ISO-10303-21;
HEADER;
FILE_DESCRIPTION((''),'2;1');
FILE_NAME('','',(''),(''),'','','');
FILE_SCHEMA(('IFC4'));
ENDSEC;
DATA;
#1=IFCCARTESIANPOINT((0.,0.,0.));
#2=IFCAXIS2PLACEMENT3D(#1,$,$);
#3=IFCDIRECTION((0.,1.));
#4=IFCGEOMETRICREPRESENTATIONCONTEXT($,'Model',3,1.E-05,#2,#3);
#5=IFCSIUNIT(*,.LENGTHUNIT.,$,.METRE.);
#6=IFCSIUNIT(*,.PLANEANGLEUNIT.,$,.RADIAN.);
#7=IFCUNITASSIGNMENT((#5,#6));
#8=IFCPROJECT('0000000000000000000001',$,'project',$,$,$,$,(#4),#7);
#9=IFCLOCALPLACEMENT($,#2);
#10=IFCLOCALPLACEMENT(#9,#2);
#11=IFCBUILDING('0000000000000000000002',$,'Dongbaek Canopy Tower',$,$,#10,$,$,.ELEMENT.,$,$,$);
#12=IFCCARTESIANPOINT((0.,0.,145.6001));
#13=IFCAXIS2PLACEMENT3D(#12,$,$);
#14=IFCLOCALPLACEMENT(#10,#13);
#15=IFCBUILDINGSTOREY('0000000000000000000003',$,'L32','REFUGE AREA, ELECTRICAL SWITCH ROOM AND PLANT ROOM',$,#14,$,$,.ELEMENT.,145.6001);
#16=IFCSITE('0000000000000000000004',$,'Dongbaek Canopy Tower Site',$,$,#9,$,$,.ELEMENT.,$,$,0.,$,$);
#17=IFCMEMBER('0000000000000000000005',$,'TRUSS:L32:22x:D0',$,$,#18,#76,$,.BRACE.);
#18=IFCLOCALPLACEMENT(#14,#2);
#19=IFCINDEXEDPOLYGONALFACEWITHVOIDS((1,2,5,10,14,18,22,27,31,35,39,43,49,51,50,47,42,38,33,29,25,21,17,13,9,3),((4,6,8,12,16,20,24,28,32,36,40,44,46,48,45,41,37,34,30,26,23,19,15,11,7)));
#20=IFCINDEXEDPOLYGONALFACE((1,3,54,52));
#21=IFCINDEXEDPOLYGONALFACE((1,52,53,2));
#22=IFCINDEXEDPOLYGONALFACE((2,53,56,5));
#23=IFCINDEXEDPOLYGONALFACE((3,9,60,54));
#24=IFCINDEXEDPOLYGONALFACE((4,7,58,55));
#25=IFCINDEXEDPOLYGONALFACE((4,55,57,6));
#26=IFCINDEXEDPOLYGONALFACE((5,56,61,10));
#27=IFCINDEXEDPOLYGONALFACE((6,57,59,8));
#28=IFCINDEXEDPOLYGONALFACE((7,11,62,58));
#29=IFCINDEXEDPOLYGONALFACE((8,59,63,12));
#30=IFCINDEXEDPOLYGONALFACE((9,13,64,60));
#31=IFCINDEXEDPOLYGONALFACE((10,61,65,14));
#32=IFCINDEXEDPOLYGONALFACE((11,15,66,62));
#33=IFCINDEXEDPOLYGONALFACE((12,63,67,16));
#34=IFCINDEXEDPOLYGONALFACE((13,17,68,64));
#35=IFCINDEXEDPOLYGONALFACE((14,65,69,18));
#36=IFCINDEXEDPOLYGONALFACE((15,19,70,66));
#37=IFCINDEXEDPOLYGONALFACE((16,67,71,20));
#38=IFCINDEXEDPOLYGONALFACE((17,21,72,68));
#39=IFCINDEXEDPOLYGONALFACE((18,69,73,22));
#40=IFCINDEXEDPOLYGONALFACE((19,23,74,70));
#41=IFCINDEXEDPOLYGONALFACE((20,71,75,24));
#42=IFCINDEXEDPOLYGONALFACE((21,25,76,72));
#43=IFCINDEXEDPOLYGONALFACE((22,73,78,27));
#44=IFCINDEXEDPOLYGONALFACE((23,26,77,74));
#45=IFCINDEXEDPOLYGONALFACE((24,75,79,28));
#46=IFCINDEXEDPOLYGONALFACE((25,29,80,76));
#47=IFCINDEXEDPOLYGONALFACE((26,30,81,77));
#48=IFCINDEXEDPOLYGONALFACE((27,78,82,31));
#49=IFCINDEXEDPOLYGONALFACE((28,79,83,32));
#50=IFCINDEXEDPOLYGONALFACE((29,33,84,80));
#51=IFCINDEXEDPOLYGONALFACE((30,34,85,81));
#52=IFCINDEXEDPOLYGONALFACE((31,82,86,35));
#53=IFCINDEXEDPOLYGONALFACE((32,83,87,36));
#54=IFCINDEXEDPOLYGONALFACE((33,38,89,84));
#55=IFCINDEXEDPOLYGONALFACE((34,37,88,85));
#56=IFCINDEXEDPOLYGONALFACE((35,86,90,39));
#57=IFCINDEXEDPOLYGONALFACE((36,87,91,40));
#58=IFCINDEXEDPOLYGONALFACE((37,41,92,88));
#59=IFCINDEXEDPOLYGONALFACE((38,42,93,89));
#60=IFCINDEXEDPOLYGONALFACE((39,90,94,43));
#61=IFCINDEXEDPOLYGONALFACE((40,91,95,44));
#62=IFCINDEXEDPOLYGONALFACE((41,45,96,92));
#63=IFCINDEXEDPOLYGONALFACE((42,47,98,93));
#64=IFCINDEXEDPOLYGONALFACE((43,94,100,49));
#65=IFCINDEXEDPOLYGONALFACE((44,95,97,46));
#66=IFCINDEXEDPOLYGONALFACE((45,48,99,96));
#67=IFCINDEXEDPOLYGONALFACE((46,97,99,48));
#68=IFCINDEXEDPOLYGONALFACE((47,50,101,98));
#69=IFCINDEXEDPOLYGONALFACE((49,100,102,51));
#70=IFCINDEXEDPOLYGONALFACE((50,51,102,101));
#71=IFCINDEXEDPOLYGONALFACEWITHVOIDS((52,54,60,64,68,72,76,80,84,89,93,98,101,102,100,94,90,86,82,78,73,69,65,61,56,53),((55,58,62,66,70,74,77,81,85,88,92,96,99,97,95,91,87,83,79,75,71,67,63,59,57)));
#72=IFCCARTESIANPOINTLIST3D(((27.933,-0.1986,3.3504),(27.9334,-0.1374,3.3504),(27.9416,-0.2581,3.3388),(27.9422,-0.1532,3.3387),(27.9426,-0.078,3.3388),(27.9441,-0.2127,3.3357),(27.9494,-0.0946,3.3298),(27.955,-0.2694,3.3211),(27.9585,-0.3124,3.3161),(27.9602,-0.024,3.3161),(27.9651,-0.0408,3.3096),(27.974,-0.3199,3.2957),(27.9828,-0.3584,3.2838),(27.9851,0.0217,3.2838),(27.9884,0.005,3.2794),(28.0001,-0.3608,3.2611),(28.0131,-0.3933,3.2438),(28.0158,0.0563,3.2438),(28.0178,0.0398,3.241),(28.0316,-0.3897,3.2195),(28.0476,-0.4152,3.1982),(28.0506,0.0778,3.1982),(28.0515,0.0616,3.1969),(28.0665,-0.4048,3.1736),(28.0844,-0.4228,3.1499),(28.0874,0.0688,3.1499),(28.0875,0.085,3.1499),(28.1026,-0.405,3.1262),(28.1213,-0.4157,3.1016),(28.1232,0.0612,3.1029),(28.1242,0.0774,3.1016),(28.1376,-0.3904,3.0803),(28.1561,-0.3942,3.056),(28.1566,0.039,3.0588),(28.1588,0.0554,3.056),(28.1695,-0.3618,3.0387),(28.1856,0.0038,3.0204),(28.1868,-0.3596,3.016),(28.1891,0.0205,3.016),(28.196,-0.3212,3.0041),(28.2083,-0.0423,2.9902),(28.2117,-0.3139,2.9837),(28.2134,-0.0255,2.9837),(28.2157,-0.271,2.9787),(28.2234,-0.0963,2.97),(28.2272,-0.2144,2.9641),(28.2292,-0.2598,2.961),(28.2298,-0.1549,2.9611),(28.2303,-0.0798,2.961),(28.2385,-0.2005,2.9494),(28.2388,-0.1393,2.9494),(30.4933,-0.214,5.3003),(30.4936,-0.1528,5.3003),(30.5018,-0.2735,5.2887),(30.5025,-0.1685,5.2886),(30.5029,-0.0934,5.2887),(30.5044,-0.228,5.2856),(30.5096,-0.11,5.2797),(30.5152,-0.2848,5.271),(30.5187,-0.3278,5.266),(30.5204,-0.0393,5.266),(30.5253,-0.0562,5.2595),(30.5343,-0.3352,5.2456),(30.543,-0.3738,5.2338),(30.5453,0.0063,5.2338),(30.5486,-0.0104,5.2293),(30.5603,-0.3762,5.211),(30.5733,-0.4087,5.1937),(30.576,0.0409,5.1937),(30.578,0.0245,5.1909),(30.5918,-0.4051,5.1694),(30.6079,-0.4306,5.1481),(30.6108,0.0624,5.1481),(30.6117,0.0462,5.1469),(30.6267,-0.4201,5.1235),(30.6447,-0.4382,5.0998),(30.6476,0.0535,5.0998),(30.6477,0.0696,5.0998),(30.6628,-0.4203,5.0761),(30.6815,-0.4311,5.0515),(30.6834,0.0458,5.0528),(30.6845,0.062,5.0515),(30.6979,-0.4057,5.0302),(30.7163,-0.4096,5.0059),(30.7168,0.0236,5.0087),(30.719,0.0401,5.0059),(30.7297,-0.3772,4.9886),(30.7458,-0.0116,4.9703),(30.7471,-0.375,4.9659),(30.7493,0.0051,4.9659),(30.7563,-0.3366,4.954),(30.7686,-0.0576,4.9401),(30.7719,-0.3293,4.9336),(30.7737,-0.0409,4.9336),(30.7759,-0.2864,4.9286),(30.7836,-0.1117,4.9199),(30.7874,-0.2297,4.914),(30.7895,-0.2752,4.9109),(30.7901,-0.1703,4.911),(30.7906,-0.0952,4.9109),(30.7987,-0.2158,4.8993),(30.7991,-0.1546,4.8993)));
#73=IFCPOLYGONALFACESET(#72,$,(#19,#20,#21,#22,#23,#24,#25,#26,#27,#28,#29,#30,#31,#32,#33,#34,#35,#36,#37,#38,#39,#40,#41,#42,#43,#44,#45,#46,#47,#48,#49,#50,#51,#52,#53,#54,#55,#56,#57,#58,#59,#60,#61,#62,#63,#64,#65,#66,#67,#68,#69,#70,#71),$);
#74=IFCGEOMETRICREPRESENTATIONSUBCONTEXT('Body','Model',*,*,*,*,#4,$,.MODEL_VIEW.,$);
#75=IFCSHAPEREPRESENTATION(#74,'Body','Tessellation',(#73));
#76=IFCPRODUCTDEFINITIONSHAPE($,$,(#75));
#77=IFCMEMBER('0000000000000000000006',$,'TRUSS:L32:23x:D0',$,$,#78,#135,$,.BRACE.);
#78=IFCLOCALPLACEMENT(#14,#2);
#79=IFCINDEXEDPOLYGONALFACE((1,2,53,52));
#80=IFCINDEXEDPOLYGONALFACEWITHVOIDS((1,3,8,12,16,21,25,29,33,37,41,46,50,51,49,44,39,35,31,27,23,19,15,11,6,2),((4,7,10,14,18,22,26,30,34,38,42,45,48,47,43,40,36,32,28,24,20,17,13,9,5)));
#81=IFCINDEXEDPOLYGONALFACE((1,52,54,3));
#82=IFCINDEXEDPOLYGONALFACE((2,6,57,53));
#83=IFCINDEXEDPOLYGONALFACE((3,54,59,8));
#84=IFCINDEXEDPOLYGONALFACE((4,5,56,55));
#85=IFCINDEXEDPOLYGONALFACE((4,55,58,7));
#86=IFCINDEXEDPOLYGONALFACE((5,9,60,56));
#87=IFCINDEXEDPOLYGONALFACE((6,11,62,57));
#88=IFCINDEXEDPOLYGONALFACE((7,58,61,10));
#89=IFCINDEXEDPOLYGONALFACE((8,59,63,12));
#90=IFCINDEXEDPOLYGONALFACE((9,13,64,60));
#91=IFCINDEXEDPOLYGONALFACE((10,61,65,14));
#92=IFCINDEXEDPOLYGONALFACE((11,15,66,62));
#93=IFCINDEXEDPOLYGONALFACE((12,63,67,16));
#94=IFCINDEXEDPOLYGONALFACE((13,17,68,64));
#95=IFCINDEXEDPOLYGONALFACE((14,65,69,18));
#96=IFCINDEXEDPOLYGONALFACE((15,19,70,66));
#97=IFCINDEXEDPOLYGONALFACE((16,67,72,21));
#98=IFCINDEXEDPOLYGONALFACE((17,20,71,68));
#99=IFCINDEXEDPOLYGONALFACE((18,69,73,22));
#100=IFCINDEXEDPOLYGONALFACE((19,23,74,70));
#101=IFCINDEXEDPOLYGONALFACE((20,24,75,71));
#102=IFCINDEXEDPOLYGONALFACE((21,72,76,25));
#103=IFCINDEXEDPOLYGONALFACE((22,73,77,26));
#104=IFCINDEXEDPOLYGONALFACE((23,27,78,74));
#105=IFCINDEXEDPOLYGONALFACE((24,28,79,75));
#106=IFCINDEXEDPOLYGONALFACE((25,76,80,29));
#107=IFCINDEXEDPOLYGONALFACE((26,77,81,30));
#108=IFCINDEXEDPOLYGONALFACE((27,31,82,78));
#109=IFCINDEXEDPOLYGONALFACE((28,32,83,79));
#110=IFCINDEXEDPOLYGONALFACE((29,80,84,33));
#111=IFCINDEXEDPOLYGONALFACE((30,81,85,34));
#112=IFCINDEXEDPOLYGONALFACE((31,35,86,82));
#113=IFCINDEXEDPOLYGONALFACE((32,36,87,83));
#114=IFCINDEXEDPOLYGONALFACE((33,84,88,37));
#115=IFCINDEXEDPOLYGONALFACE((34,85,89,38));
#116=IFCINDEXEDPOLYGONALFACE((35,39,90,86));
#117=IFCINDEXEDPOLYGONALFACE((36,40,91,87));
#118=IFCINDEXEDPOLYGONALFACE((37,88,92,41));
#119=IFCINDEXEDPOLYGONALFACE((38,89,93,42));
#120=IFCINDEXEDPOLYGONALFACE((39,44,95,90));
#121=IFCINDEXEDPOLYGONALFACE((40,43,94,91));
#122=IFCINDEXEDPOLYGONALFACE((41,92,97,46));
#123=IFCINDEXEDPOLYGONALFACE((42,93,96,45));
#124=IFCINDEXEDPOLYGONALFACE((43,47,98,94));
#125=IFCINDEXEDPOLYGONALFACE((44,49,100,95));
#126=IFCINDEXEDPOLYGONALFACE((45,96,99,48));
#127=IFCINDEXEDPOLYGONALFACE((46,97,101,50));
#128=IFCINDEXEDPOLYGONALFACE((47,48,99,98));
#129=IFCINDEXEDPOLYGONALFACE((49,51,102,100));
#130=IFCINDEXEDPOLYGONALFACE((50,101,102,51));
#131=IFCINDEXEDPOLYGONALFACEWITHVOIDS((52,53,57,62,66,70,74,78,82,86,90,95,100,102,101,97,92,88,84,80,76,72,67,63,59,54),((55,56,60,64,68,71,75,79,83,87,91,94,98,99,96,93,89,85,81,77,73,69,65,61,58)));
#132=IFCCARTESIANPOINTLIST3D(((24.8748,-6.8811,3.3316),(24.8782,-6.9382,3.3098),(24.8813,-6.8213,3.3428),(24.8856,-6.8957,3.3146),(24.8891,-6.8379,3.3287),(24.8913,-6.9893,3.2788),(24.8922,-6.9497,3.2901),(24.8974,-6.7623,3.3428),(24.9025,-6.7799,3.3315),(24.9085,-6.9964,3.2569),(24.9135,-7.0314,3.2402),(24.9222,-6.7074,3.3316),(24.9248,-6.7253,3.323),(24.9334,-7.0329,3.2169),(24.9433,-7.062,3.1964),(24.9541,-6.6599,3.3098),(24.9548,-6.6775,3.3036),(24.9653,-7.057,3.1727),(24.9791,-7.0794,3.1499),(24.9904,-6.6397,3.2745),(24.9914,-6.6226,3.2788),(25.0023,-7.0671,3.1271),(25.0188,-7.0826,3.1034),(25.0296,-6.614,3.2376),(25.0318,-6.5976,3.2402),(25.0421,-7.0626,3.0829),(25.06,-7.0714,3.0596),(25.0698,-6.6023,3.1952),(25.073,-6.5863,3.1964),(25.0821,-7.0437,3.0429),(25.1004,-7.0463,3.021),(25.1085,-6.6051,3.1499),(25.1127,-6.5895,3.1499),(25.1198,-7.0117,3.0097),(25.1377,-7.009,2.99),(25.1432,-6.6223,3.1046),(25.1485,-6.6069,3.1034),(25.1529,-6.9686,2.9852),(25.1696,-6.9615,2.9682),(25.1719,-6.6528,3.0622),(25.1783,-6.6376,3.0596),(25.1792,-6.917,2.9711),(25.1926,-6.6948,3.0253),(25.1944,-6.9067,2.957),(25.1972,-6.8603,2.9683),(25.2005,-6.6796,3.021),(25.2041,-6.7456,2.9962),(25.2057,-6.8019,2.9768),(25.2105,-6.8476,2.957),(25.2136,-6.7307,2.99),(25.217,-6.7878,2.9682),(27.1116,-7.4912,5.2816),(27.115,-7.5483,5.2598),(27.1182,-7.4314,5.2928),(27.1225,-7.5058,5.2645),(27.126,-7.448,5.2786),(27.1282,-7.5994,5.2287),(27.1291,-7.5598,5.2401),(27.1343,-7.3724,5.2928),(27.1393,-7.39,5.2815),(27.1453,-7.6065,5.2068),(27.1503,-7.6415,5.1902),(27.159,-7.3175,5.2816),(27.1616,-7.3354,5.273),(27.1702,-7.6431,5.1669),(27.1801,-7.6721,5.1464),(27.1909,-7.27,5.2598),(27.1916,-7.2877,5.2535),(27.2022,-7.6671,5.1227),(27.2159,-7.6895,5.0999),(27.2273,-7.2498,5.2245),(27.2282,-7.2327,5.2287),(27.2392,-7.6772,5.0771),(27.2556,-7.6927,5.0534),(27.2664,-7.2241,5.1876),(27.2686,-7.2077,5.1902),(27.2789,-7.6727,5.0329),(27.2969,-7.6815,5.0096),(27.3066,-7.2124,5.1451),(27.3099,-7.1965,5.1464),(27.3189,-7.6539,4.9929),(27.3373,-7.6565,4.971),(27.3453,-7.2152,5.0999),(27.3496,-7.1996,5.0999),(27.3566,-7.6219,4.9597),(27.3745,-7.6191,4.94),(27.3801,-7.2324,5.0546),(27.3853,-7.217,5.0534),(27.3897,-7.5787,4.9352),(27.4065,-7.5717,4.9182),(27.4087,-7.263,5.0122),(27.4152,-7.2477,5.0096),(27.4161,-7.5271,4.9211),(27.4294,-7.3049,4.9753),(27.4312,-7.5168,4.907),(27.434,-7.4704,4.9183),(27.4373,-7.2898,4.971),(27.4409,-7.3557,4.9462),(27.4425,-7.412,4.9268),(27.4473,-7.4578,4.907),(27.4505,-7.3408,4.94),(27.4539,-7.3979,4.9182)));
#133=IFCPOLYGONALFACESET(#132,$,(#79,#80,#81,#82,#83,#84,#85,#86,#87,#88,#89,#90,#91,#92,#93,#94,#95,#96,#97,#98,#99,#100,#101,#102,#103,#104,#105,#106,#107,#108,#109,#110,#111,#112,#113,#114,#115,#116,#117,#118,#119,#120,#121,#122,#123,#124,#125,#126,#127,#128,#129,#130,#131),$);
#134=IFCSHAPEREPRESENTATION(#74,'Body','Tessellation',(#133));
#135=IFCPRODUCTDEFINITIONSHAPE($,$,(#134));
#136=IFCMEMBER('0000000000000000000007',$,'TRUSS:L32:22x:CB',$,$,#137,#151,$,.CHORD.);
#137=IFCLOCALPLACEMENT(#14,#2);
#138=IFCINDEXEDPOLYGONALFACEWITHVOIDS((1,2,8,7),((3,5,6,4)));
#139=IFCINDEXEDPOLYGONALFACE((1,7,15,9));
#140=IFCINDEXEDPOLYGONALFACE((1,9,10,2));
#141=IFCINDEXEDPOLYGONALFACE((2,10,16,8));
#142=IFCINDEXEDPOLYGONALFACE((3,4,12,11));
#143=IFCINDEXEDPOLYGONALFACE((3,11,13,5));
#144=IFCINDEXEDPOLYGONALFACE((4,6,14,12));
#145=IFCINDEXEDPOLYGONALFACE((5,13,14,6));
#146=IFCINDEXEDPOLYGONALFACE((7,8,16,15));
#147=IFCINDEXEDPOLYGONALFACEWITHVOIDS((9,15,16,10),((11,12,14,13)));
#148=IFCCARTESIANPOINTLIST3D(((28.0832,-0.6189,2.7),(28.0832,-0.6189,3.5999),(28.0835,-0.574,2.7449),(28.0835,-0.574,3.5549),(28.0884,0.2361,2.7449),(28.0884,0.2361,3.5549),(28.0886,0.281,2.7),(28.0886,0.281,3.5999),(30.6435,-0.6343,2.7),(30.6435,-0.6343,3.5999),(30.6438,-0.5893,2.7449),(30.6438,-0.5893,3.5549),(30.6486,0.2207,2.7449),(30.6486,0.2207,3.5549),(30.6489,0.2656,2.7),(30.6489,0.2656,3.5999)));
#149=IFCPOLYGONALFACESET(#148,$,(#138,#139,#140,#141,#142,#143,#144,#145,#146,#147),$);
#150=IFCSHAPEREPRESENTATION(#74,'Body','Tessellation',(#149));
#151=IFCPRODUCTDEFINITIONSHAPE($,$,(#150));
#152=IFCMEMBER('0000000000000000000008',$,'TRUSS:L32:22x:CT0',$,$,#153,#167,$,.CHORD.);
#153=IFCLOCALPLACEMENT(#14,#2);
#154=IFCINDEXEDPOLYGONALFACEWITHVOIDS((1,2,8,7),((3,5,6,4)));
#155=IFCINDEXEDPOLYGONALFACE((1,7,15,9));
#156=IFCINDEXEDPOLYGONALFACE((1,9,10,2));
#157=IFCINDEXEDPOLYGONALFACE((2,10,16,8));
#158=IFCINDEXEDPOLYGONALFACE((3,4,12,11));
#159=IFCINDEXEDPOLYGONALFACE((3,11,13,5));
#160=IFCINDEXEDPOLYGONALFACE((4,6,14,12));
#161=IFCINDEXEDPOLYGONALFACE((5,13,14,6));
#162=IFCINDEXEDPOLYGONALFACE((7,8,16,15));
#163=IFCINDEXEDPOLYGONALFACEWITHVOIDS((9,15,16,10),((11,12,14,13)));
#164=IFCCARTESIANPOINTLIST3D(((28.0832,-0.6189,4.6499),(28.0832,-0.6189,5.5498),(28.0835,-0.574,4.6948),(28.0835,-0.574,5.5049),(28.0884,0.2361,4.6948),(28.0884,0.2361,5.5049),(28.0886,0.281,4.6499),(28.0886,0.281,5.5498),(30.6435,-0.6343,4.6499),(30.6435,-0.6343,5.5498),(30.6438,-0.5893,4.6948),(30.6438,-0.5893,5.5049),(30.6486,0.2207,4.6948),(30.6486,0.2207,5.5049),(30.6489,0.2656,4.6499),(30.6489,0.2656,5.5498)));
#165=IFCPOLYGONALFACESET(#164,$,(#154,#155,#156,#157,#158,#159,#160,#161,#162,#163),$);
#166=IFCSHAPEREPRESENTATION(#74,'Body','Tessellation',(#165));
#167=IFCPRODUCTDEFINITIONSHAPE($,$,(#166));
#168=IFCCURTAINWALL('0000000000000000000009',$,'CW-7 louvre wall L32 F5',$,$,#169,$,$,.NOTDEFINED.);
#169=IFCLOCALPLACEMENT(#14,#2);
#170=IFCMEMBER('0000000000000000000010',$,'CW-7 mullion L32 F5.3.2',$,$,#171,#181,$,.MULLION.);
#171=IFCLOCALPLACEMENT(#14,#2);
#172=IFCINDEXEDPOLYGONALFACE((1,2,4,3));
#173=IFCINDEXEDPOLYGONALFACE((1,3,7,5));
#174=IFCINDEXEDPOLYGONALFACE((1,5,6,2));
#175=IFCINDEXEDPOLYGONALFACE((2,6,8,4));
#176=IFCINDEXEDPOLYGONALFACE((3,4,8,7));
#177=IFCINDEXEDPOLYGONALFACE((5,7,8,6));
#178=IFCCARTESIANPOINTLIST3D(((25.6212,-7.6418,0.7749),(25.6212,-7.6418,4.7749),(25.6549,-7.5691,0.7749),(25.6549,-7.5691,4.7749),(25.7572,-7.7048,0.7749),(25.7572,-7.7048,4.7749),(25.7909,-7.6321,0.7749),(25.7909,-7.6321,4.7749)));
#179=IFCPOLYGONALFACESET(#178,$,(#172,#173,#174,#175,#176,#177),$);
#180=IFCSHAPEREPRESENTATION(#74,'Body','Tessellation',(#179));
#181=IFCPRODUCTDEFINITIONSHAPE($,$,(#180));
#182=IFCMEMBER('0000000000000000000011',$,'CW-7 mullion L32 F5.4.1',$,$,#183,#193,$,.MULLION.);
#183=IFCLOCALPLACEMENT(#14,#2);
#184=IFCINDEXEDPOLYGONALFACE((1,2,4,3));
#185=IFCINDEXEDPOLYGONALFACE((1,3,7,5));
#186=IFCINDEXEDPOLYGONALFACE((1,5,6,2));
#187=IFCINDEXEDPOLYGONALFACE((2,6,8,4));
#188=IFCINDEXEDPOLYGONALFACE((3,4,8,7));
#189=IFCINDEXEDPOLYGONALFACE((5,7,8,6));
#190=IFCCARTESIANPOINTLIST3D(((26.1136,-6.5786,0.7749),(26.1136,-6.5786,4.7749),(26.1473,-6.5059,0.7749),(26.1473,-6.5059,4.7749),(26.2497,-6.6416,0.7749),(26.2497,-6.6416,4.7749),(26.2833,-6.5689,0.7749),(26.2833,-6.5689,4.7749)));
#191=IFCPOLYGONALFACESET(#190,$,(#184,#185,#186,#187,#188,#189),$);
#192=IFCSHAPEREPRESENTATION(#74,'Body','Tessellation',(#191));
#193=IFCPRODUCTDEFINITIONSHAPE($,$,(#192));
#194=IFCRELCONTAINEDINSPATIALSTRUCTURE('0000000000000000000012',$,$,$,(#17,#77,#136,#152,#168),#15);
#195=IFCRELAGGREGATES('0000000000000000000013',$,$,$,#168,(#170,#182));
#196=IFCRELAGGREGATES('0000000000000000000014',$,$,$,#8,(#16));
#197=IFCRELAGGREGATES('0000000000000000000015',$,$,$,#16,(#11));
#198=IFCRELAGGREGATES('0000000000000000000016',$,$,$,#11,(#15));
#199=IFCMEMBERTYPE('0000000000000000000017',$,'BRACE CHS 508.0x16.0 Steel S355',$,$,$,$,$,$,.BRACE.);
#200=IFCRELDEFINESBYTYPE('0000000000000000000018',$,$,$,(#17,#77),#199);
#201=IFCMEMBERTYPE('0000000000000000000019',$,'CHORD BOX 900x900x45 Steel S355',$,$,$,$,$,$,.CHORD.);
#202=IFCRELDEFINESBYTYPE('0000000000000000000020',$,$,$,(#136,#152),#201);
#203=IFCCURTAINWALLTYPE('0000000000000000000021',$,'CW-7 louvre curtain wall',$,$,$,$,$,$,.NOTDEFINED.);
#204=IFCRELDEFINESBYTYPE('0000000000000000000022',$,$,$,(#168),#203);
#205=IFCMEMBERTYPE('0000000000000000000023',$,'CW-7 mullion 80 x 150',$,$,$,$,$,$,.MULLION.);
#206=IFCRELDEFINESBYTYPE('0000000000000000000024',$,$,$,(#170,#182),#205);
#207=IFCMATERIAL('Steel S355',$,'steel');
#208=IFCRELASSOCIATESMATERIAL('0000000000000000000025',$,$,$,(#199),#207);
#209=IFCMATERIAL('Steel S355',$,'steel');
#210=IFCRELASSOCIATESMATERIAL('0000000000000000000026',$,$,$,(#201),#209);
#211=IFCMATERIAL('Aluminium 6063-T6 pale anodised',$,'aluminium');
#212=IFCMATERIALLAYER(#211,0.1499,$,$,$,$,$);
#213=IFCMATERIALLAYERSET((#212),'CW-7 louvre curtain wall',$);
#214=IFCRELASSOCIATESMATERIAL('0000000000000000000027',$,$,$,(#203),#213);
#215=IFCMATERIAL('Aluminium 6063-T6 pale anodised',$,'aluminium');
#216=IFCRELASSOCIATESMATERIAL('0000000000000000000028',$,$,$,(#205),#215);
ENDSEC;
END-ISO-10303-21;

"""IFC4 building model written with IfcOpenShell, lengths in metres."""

from ifc_helpers import new_model, si_unit, direction, frame, origin, origin_2d, place, context, subcontext, project, spatial, rectangle, hollow_rectangle, hollow_circle, extrude, material, layer, layer_set, material_profile, profile_set, type_object, element, aggregate, save


model = new_model("IFC4")

# Units and contexts
model_context = context("Model", 3, precision=1e-05, world=origin(), true_north=direction((0.0, 1.0)))
body_context = subcontext(model_context, "Body", "Model", "MODEL_VIEW")
ifc_project = project(units=[si_unit("LENGTHUNIT", "METRE"), si_unit("PLANEANGLEUNIT", "RADIAN")], contexts=[model_context])

# Site, building, storey
site_placement = place(None, origin())
site = spatial("IfcSite", under=ifc_project, at=site_placement, Name="Dongbaek Canopy Tower Site", CompositionType="ELEMENT", RefElevation=0.0)
building_placement = place(site_placement, origin())
building = spatial("IfcBuilding", under=site, at=building_placement, Name="Dongbaek Canopy Tower", CompositionType="ELEMENT")
storey_placement = place(building_placement, frame((0.0, 0.0, 145.6001)))
storey = spatial("IfcBuildingStorey", under=building, at=storey_placement, Name="L32", Description="REFUGE AREA, ELECTRICAL SWITCH ROOM AND PLANT ROOM", CompositionType="ELEMENT", Elevation=145.6001)

# Members
ifc_material_1 = material(Name="Steel S355", Category="steel")
ifc_material_profile_1 = material_profile(ifc_material_1, hollow_circle(Radius=0.2539, WallThickness=0.0161, at=origin_2d()), Name="BRACE CHS 508.0x16.0 Steel S355")
ifc_profile_set_1 = profile_set([ifc_material_profile_1], Name="Steel S355")
member_type_1 = type_object("IfcMemberType", Name="BRACE CHS 508.0x16.0 Steel S355", PredefinedType="BRACE", material=ifc_profile_set_1)
member_1_placement = place(storey_placement, frame((28.0859, -0.1689, 3.1499), z_axis=(0.795536, -0.004779, 0.605888), x_axis=(0.006007, 0.999982, 0.0)))
element("IfcMember", 1, at=member_1_placement, inside=storey, type_object=member_type_1, Name="TRUSS:L32:22x:D0", PredefinedType="BRACE", context=body_context, shape_type="SweptSolid", body=[
    extrude(hollow_circle(Radius=0.2539, WallThickness=0.0161, at=origin_2d()), origin(), (0.0, 0.0, 1.0), 3.2183),
])
member_2_placement = place(storey_placement, frame((25.0459, -6.8345, 3.1499), z_axis=(0.738344, -0.201389, 0.643654), x_axis=(0.263144, 0.964757, 0.0)))
element("IfcMember", 2, at=member_2_placement, inside=storey, type_object=member_type_1, Name="TRUSS:L32:23x:D0", PredefinedType="BRACE", context=body_context, shape_type="SweptSolid", body=[
    extrude(hollow_circle(Radius=0.2539, WallThickness=0.0161, at=origin_2d()), origin(), (0.0, 0.0, 1.0), 3.0295),
])
ifc_material_2 = material(Name="Steel S355", Category="steel")
ifc_material_profile_2 = material_profile(ifc_material_2, hollow_rectangle(XDim=0.8999, YDim=0.8999, WallThickness=0.0449, at=origin_2d()), Name="CHORD BOX 900x900x45 Steel S355")
ifc_profile_set_2 = profile_set([ifc_material_profile_2], Name="Steel S355")
member_type_2 = type_object("IfcMemberType", Name="CHORD BOX 900x900x45 Steel S355", PredefinedType="CHORD", material=ifc_profile_set_2)
for number, where, z_axis, x_axis, name in (
    (3, (28.0859, -0.1689, 3.1499), (0.999982, -0.006007, 0.0), (0.006007, 0.999982, 0.0), "TRUSS:L32:22x:CB"),
    (4, (28.0859, -0.1689, 5.0999), (0.999982, -0.006007, 0.0), (0.006007, 0.999982, 0.0), "TRUSS:L32:22x:CT0"),
):
    element("IfcMember", number, at=place(storey_placement, frame(where, z_axis=z_axis, x_axis=x_axis)), inside=storey, type_object=member_type_2, Name=name, PredefinedType="CHORD", context=body_context, shape_type="SweptSolid", body=[
        extrude(hollow_rectangle(XDim=0.8999, YDim=0.8999, WallThickness=0.0449, at=origin_2d()), origin(), (0.0, 0.0, 1.0), 2.5603),
    ])

# Curtain wall, members
ifc_material_3 = material(Name="Aluminium 6063-T6 pale anodised", Category="aluminium")
ifc_layer_1 = layer(ifc_material_3, 0.1499)
ifc_layer_set_1 = layer_set([ifc_layer_1], Name="CW-7 louvre curtain wall")
curtain_wall_type = type_object("IfcCurtainWallType", Name="CW-7 louvre curtain wall", PredefinedType="NOTDEFINED", material=ifc_layer_set_1)
curtain_wall_placement = place(storey_placement, origin())
curtain_wall = element("IfcCurtainWall", 5, at=curtain_wall_placement, inside=storey, type_object=curtain_wall_type, Name="CW-7 louvre wall L32 F5", PredefinedType="NOTDEFINED")
ifc_material_4 = material(Name="Aluminium 6063-T6 pale anodised", Category="aluminium")
ifc_material_profile_3 = material_profile(ifc_material_4, rectangle(XDim=0.1499, YDim=0.0801, at=origin_2d()), Name="CW-7 mullion 80 x 150")
ifc_profile_set_3 = profile_set([ifc_material_profile_3], Name="Aluminium 6063-T6 pale anodised")
member_type_3 = type_object("IfcMemberType", Name="CW-7 mullion 80 x 150", PredefinedType="MULLION", material=ifc_profile_set_3)
member_3_placement = place(storey_placement, frame((25.7061, -7.637, 0.7749), z_axis=(0.0, 0.0, 1.0), x_axis=(0.907369, -0.420334, 0.0)))
member_3 = element("IfcMember", 6, at=member_3_placement, type_object=member_type_3, Name="CW-7 mullion L32 F5.3.2", PredefinedType="MULLION", context=body_context, shape_type="SweptSolid", body=[
    extrude(rectangle(XDim=0.1499, YDim=0.0801, at=origin_2d()), origin(), (0.0, 0.0, 1.0), 4.0),
])
member_4_placement = place(storey_placement, frame((26.1985, -6.5737, 0.7749), z_axis=(0.0, 0.0, 1.0), x_axis=(0.907369, -0.420334, 0.0)))
member_4 = element("IfcMember", 7, at=member_4_placement, type_object=member_type_3, Name="CW-7 mullion L32 F5.4.1", PredefinedType="MULLION", context=body_context, shape_type="SweptSolid", body=[
    extrude(rectangle(XDim=0.1499, YDim=0.0801, at=origin_2d()), origin(), (0.0, 0.0, 1.0), 4.0),
])

aggregate(curtain_wall, [member_3, member_4])

save(model, "model.ifc")
